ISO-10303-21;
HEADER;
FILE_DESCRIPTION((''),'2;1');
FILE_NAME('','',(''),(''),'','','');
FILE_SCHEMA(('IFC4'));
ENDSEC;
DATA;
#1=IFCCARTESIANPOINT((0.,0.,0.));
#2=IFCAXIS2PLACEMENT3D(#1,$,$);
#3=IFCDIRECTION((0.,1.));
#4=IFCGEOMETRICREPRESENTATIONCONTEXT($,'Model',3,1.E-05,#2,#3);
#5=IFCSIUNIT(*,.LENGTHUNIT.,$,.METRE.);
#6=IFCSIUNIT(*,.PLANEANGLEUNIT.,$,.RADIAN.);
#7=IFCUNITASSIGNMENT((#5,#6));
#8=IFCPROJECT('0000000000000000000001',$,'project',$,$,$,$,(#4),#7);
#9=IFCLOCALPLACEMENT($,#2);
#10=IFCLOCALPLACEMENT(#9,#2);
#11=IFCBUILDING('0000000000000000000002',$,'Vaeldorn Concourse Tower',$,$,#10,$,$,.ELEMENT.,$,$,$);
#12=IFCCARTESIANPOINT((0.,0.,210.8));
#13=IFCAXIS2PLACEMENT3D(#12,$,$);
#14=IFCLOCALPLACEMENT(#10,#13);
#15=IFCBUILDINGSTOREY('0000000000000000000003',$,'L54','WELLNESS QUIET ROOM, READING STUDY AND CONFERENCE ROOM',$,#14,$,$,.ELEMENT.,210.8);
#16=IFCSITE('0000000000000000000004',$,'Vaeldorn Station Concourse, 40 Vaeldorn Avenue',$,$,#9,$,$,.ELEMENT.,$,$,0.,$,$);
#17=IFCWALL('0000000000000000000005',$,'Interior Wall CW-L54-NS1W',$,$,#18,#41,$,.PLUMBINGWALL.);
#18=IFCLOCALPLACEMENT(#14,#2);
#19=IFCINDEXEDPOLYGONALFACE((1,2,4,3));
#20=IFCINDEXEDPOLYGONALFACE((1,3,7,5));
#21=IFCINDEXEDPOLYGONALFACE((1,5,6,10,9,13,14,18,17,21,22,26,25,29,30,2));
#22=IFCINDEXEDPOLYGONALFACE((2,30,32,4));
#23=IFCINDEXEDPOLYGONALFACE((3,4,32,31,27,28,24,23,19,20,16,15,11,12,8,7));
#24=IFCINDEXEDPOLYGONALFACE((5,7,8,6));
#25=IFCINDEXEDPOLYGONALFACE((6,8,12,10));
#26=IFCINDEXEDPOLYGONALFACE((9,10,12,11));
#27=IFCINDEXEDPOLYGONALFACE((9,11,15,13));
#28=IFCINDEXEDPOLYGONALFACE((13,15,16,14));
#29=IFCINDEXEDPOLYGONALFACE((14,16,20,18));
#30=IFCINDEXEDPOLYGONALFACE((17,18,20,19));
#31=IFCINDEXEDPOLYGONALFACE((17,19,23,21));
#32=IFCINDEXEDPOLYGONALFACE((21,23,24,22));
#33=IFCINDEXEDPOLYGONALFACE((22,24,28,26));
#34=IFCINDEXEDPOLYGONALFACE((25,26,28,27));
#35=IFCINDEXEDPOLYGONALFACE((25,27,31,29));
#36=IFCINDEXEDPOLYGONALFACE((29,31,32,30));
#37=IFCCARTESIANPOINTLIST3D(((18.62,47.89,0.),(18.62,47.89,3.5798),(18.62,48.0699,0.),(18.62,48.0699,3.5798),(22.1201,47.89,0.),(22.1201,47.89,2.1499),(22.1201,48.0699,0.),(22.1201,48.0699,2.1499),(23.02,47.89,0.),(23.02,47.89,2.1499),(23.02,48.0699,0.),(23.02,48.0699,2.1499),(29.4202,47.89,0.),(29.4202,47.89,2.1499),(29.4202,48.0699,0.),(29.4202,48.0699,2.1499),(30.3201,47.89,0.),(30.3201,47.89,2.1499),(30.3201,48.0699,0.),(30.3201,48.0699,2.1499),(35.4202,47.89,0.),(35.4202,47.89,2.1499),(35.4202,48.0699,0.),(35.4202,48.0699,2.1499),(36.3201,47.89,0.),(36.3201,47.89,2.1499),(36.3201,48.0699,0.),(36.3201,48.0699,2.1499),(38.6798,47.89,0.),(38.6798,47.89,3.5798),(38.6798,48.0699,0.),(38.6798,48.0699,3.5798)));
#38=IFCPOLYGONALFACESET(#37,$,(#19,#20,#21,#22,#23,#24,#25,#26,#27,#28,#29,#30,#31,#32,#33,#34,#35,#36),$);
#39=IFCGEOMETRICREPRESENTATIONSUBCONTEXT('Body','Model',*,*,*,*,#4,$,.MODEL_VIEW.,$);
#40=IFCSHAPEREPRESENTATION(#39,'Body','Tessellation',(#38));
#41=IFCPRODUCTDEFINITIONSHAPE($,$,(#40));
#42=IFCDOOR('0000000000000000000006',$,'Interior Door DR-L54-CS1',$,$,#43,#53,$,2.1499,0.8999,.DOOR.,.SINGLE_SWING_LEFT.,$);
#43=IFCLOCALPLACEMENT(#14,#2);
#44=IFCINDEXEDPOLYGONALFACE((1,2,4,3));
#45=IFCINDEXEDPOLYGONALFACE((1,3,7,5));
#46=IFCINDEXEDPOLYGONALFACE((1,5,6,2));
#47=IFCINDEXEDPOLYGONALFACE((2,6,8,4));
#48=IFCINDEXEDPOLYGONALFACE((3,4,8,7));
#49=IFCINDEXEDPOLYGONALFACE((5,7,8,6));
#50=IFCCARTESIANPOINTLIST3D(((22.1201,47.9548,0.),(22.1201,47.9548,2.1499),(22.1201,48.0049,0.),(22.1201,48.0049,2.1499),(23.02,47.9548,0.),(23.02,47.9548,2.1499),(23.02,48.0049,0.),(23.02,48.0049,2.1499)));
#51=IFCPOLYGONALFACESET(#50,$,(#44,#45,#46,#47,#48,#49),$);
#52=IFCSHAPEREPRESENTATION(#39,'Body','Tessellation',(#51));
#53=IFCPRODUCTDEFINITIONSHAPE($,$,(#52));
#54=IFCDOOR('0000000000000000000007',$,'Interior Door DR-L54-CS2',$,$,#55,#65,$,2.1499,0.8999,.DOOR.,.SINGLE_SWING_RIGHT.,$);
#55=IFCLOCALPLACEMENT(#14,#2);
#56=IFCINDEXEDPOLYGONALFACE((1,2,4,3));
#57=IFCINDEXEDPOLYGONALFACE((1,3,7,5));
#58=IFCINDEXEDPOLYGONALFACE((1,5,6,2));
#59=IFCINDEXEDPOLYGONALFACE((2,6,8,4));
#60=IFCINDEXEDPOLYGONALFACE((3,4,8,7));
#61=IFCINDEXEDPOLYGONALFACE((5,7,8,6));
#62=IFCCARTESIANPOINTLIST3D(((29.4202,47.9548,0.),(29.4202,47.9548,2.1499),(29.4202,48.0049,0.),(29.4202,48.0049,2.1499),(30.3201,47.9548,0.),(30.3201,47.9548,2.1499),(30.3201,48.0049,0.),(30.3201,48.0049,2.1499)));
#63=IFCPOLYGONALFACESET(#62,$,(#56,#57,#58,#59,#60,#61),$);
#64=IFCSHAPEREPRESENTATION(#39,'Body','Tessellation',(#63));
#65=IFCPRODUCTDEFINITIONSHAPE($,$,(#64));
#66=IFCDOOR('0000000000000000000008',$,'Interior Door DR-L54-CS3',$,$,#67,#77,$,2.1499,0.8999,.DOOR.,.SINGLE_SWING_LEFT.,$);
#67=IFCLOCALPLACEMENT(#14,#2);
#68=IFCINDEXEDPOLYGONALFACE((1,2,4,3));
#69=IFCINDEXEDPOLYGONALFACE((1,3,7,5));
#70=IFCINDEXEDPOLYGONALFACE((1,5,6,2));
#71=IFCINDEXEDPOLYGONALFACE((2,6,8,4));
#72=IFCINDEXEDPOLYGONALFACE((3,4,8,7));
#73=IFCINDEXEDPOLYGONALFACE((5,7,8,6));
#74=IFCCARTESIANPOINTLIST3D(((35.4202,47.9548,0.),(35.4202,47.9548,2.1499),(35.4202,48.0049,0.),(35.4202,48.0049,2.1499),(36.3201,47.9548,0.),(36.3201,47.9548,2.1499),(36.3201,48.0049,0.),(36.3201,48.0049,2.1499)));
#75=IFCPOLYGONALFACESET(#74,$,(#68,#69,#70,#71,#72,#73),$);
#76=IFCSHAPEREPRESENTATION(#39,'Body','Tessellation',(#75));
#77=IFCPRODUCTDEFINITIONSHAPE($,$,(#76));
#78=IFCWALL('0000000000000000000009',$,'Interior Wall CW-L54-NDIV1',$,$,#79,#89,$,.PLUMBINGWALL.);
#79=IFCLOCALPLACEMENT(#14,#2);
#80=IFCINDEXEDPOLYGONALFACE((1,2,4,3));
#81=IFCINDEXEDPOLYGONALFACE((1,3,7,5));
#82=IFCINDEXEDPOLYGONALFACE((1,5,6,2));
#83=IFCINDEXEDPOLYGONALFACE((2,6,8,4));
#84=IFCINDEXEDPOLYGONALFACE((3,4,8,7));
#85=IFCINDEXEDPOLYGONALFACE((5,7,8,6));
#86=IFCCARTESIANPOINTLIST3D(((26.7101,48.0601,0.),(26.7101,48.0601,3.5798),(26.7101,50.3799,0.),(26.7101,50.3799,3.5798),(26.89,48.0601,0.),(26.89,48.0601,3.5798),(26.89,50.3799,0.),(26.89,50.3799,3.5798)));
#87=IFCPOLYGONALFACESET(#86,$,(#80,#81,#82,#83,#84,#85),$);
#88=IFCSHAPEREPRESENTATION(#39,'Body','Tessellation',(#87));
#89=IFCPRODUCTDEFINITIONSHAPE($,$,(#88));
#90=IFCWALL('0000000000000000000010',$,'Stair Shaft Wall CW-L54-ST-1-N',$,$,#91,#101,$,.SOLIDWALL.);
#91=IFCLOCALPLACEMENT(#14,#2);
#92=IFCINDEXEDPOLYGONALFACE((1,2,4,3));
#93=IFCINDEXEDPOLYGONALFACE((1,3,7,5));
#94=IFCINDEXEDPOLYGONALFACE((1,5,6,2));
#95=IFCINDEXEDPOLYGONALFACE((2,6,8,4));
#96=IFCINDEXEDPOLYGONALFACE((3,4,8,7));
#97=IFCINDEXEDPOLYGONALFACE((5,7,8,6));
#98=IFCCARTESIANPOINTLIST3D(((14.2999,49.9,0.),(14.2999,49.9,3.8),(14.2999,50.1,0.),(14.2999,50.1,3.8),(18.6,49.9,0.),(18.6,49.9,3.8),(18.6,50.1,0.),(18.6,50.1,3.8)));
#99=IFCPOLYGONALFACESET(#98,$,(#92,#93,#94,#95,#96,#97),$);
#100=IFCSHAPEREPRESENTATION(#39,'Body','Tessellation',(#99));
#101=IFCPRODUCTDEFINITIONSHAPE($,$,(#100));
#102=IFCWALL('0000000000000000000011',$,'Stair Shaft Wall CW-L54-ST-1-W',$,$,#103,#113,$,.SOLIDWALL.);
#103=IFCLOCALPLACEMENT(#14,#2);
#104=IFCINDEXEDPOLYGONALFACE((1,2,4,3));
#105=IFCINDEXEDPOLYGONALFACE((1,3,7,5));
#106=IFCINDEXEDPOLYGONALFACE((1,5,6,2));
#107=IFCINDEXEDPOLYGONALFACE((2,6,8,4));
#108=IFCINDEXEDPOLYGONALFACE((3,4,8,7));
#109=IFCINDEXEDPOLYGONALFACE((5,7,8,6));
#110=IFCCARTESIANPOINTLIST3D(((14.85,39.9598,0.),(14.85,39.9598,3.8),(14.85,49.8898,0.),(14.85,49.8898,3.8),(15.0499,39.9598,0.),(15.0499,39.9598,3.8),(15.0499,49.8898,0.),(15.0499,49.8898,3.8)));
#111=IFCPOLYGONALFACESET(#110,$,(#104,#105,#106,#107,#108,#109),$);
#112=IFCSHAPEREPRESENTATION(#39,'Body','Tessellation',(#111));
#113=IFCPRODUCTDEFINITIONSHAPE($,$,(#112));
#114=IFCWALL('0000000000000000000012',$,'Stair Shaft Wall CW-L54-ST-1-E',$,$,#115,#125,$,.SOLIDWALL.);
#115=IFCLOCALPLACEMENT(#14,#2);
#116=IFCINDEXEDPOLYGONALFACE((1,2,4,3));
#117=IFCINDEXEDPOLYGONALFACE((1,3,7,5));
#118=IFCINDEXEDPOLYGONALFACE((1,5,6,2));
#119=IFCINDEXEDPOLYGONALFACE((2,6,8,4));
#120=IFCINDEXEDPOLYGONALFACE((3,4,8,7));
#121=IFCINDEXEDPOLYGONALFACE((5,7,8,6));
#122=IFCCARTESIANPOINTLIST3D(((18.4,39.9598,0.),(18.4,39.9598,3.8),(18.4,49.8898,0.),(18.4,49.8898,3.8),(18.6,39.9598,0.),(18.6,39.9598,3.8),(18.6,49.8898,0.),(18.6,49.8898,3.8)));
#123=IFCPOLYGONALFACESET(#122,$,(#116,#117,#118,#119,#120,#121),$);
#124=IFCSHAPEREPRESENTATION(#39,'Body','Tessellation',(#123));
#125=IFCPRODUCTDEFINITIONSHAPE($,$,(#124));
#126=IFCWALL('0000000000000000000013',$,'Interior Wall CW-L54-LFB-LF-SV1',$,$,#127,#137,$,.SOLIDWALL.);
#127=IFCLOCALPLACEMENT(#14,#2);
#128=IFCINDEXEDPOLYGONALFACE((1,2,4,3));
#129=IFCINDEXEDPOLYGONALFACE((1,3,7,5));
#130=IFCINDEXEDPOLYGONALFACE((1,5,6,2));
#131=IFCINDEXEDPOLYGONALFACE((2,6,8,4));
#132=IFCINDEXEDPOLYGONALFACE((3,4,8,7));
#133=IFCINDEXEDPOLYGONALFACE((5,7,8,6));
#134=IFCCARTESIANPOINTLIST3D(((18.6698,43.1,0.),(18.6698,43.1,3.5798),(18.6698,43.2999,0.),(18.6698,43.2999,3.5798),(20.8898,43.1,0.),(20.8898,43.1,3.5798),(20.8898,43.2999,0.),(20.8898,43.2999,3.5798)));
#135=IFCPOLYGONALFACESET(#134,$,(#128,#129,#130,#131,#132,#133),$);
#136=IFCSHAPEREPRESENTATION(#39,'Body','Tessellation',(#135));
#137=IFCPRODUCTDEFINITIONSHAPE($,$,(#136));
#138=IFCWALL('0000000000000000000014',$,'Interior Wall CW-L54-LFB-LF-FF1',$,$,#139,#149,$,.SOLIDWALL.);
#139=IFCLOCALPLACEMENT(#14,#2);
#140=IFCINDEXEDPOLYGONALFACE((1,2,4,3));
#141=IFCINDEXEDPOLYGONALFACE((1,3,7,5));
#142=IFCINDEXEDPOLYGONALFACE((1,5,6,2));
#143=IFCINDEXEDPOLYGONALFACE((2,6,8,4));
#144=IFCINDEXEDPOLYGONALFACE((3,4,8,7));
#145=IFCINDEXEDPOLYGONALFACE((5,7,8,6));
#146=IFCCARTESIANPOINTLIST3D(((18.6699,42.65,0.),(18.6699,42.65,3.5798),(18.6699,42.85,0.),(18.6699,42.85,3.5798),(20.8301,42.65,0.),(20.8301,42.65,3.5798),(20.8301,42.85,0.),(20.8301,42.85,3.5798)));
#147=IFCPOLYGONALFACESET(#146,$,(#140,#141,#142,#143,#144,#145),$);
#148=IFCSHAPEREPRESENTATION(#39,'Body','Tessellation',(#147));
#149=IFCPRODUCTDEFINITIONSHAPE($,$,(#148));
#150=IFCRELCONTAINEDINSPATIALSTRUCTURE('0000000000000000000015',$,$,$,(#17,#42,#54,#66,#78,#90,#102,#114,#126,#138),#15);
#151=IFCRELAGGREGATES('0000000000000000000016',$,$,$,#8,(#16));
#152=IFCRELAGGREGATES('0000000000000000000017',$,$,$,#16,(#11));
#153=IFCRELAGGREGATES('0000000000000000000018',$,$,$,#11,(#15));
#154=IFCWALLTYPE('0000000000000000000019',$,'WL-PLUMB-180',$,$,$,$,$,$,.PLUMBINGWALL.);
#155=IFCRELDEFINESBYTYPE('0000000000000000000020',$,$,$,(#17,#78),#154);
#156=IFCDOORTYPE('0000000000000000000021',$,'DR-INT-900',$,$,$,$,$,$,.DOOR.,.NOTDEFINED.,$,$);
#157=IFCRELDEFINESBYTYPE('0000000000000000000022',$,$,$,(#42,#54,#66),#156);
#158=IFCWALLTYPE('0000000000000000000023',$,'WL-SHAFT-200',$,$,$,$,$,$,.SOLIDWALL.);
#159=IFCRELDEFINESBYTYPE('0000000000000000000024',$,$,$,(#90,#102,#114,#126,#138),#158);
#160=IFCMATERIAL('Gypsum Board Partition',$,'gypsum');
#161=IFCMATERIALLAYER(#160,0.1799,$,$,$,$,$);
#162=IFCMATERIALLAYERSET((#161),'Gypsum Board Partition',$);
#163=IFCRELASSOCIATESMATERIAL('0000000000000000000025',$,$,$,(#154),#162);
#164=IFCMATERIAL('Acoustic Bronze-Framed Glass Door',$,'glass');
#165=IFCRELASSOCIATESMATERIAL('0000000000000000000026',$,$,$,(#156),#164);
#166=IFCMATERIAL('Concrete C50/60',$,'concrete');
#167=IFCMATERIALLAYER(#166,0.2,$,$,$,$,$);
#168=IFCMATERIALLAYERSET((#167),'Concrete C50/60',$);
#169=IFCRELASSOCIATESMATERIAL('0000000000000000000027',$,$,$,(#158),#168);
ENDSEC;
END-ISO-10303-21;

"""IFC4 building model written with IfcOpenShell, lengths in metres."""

from ifc_helpers import new_model, si_unit, direction, frame, frame_2d, origin, place, context, subcontext, project, spatial, rectangle, extrude, source, transform, mapped, material, layer, layer_set, type_object, element, fill, save


model = new_model("IFC4")

# Units and contexts
model_context = context("Model", 3, precision=1e-05, world=origin(), true_north=direction((0.0, 1.0)))
body_context = subcontext(model_context, "Body", "Model", "MODEL_VIEW")
ifc_project = project(units=[si_unit("LENGTHUNIT", "METRE"), si_unit("PLANEANGLEUNIT", "RADIAN")], contexts=[model_context])

# Site, building, storey
site_placement = place(None, origin())
site = spatial("IfcSite", under=ifc_project, at=site_placement, Name="Vaeldorn Station Concourse, 40 Vaeldorn Avenue", CompositionType="ELEMENT", RefElevation=0.0)
building_placement = place(site_placement, origin())
building = spatial("IfcBuilding", under=site, at=building_placement, Name="Vaeldorn Concourse Tower", CompositionType="ELEMENT")
storey_placement = place(building_placement, frame((0.0, 0.0, 210.8)))
storey = spatial("IfcBuildingStorey", under=building, at=storey_placement, Name="L54", Description="WELLNESS QUIET ROOM, READING STUDY AND CONFERENCE ROOM", CompositionType="ELEMENT", Elevation=210.8)

# Shared definitions
ifc_material_1 = material(Name="Concrete C50/60", Category="concrete")
ifc_material_2 = material(Name="Gypsum Board Partition", Category="gypsum")

# Wall, openings, doors
ifc_layer_1 = layer(ifc_material_2, 0.1799)
ifc_layer_set_1 = layer_set([ifc_layer_1], Name="Gypsum Board Partition")
wall_type_1 = type_object("IfcWallType", Name="WL-PLUMB-180", PredefinedType="PLUMBINGWALL", material=ifc_layer_set_1)
wall_1_placement = place(storey_placement, frame((18.6201, 47.98, 0.0), z_axis=(0.0, 0.0, 1.0), x_axis=(1.0, 0.0, 0.0)))
wall_1 = element("IfcWall", 1, at=wall_1_placement, inside=storey, type_object=wall_type_1, Name="Interior Wall CW-L54-NS1W", PredefinedType="PLUMBINGWALL", context=body_context, shape_type="SweptSolid", body=[
    extrude(rectangle(XDim=20.0598, YDim=0.1799, at=frame_2d((10.0298, 0.0))), origin(), (0.0, 0.0, 1.0), 3.5798),
])
opening_1_placement = place(wall_1_placement, frame((3.5, 0.0, 0.0)))
opening_1 = element("IfcOpeningElement", 2, at=opening_1_placement, cuts=wall_1, PredefinedType="OPENING", context=body_context, shape_type="SweptSolid", body=[
    extrude(rectangle(XDim=0.8999, YDim=2.1499, at=frame_2d((0.45, 1.075))), frame((0.0, 0.1001, 0.0), z_axis=(0.0, -1.0, 0.0), x_axis=(1.0, 0.0, 0.0)), (0.0, 0.0, 1.0), 0.2),
])
opening_2_placement = place(wall_1_placement, frame((10.8, 0.0, 0.0)))
opening_2 = element("IfcOpeningElement", 3, at=opening_2_placement, cuts=wall_1, PredefinedType="OPENING", context=body_context, shape_type="SweptSolid", body=[
    extrude(rectangle(XDim=0.8999, YDim=2.1499, at=frame_2d((0.45, 1.075))), frame((0.0, 0.1001, 0.0), z_axis=(0.0, -1.0, 0.0), x_axis=(1.0, 0.0, 0.0)), (0.0, 0.0, 1.0), 0.2),
])
opening_3_placement = place(wall_1_placement, frame((16.8, 0.0, 0.0)))
opening_3 = element("IfcOpeningElement", 4, at=opening_3_placement, cuts=wall_1, PredefinedType="OPENING", context=body_context, shape_type="SweptSolid", body=[
    extrude(rectangle(XDim=0.8999, YDim=2.1499, at=frame_2d((0.45, 1.075))), frame((0.0, 0.1001, 0.0), z_axis=(0.0, -1.0, 0.0), x_axis=(1.0, 0.0, 0.0)), (0.0, 0.0, 1.0), 0.2),
])
ifc_material_3 = material(Name="Acoustic Bronze-Framed Glass Door", Category="glass")
door_type_1 = type_object("IfcDoorType", Name="DR-INT-900", OperationType="NOTDEFINED", PredefinedType="DOOR", material=ifc_material_3)
shared_shape_1 = source(origin(), body_context, "Body", "SweptSolid", [
    extrude(rectangle(XDim=0.8999, YDim=2.1499, at=frame_2d((0.45, 1.075))), frame((0.0, 0.0249, 0.0), z_axis=(0.0, -1.0, 0.0), x_axis=(1.0, 0.0, 0.0)), (0.0, 0.0, 1.0), 0.05),
])
door_1_placement = place(opening_1_placement, origin())
door_1 = element("IfcDoor", 5, at=door_1_placement, inside=storey, type_object=door_type_1, Name="Interior Door DR-L54-CS1", OperationType="SINGLE_SWING_LEFT", OverallHeight=2.1499, OverallWidth=0.8999, PredefinedType="DOOR", context=body_context, shape_type="MappedRepresentation", body=[
    mapped(shared_shape_1, transform((0.0, 0.0, 0.0), scale=1.0)),
])
fill(opening_1, door_1)
door_2_placement = place(opening_2_placement, origin())
door_2 = element("IfcDoor", 6, at=door_2_placement, inside=storey, type_object=door_type_1, Name="Interior Door DR-L54-CS2", OperationType="SINGLE_SWING_RIGHT", OverallHeight=2.1499, OverallWidth=0.8999, PredefinedType="DOOR", context=body_context, shape_type="MappedRepresentation", body=[
    mapped(shared_shape_1, transform((0.0, 0.0, 0.0), scale=1.0)),
])
fill(opening_2, door_2)
door_3_placement = place(opening_3_placement, origin())
door_3 = element("IfcDoor", 7, at=door_3_placement, inside=storey, type_object=door_type_1, Name="Interior Door DR-L54-CS3", OperationType="SINGLE_SWING_LEFT", OverallHeight=2.1499, OverallWidth=0.8999, PredefinedType="DOOR", context=body_context, shape_type="MappedRepresentation", body=[
    mapped(shared_shape_1, transform((0.0, 0.0, 0.0), scale=1.0)),
])
fill(opening_3, door_3)

# Walls
wall_2_placement = place(storey_placement, frame((26.8, 48.0601, 0.0), z_axis=(0.0, 0.0, 1.0), x_axis=(0.0, 1.0, 0.0)))
element("IfcWall", 8, at=wall_2_placement, inside=storey, type_object=wall_type_1, Name="Interior Wall CW-L54-NDIV1", PredefinedType="PLUMBINGWALL", context=body_context, shape_type="SweptSolid", body=[
    extrude(rectangle(XDim=2.3198, YDim=0.1799, at=frame_2d((1.1599, 0.0))), origin(), (0.0, 0.0, 1.0), 3.5798),
])
ifc_layer_2 = layer(ifc_material_1, 0.2)
ifc_layer_set_2 = layer_set([ifc_layer_2], Name="Concrete C50/60")
wall_type_2 = type_object("IfcWallType", Name="WL-SHAFT-200", PredefinedType="SOLIDWALL", material=ifc_layer_set_2)
wall_3_placement = place(storey_placement, frame((14.3, 50.0, 0.0), z_axis=(0.0, 0.0, 1.0), x_axis=(1.0, 0.0, 0.0)))
element("IfcWall", 9, at=wall_3_placement, inside=storey, type_object=wall_type_2, Name="Stair Shaft Wall CW-L54-ST-1-N", PredefinedType="SOLIDWALL", context=body_context, shape_type="SweptSolid", body=[
    extrude(rectangle(XDim=4.3, YDim=0.2, at=frame_2d((2.1499, 0.0))), origin(), (0.0, 0.0, 1.0), 3.8),
])
for number, where, z_axis, x_axis, name in (
    (10, (14.95, 39.96, 0.0), (0.0, 0.0, 1.0), (0.0, 1.0, 0.0), "Stair Shaft Wall CW-L54-ST-1-W"),
    (11, (18.5, 39.96, 0.0), (0.0, 0.0, 1.0), (0.0, 1.0, 0.0), "Stair Shaft Wall CW-L54-ST-1-E"),
):
    element("IfcWall", number, at=place(storey_placement, frame(where, z_axis=z_axis, x_axis=x_axis)), inside=storey, type_object=wall_type_2, Name=name, PredefinedType="SOLIDWALL", context=body_context, shape_type="SweptSolid", body=[
        extrude(rectangle(XDim=9.9299, YDim=0.2, at=frame_2d((4.9648, 0.0))), origin(), (0.0, 0.0, 1.0), 3.8),
    ])

# Walls
wall_4_placement = place(storey_placement, frame((18.6699, 43.2, 0.0), z_axis=(0.0, 0.0, 1.0), x_axis=(1.0, 0.0, 0.0)))
element("IfcWall", 12, at=wall_4_placement, inside=storey, type_object=wall_type_2, Name="Interior Wall CW-L54-LFB-LF-SV1", PredefinedType="SOLIDWALL", context=body_context, shape_type="SweptSolid", body=[
    extrude(rectangle(XDim=2.22, YDim=0.2, at=frame_2d((1.1099, 0.0))), origin(), (0.0, 0.0, 1.0), 3.5798),
])
wall_5_placement = place(storey_placement, frame((18.6699, 42.75, 0.0), z_axis=(0.0, 0.0, 1.0), x_axis=(1.0, 0.0, 0.0)))
element("IfcWall", 13, at=wall_5_placement, inside=storey, type_object=wall_type_2, Name="Interior Wall CW-L54-LFB-LF-FF1", PredefinedType="SOLIDWALL", context=body_context, shape_type="SweptSolid", body=[
    extrude(rectangle(XDim=2.1602, YDim=0.2, at=frame_2d((1.0801, 0.0))), origin(), (0.0, 0.0, 1.0), 3.5798),
])

save(model, "model.ifc")
